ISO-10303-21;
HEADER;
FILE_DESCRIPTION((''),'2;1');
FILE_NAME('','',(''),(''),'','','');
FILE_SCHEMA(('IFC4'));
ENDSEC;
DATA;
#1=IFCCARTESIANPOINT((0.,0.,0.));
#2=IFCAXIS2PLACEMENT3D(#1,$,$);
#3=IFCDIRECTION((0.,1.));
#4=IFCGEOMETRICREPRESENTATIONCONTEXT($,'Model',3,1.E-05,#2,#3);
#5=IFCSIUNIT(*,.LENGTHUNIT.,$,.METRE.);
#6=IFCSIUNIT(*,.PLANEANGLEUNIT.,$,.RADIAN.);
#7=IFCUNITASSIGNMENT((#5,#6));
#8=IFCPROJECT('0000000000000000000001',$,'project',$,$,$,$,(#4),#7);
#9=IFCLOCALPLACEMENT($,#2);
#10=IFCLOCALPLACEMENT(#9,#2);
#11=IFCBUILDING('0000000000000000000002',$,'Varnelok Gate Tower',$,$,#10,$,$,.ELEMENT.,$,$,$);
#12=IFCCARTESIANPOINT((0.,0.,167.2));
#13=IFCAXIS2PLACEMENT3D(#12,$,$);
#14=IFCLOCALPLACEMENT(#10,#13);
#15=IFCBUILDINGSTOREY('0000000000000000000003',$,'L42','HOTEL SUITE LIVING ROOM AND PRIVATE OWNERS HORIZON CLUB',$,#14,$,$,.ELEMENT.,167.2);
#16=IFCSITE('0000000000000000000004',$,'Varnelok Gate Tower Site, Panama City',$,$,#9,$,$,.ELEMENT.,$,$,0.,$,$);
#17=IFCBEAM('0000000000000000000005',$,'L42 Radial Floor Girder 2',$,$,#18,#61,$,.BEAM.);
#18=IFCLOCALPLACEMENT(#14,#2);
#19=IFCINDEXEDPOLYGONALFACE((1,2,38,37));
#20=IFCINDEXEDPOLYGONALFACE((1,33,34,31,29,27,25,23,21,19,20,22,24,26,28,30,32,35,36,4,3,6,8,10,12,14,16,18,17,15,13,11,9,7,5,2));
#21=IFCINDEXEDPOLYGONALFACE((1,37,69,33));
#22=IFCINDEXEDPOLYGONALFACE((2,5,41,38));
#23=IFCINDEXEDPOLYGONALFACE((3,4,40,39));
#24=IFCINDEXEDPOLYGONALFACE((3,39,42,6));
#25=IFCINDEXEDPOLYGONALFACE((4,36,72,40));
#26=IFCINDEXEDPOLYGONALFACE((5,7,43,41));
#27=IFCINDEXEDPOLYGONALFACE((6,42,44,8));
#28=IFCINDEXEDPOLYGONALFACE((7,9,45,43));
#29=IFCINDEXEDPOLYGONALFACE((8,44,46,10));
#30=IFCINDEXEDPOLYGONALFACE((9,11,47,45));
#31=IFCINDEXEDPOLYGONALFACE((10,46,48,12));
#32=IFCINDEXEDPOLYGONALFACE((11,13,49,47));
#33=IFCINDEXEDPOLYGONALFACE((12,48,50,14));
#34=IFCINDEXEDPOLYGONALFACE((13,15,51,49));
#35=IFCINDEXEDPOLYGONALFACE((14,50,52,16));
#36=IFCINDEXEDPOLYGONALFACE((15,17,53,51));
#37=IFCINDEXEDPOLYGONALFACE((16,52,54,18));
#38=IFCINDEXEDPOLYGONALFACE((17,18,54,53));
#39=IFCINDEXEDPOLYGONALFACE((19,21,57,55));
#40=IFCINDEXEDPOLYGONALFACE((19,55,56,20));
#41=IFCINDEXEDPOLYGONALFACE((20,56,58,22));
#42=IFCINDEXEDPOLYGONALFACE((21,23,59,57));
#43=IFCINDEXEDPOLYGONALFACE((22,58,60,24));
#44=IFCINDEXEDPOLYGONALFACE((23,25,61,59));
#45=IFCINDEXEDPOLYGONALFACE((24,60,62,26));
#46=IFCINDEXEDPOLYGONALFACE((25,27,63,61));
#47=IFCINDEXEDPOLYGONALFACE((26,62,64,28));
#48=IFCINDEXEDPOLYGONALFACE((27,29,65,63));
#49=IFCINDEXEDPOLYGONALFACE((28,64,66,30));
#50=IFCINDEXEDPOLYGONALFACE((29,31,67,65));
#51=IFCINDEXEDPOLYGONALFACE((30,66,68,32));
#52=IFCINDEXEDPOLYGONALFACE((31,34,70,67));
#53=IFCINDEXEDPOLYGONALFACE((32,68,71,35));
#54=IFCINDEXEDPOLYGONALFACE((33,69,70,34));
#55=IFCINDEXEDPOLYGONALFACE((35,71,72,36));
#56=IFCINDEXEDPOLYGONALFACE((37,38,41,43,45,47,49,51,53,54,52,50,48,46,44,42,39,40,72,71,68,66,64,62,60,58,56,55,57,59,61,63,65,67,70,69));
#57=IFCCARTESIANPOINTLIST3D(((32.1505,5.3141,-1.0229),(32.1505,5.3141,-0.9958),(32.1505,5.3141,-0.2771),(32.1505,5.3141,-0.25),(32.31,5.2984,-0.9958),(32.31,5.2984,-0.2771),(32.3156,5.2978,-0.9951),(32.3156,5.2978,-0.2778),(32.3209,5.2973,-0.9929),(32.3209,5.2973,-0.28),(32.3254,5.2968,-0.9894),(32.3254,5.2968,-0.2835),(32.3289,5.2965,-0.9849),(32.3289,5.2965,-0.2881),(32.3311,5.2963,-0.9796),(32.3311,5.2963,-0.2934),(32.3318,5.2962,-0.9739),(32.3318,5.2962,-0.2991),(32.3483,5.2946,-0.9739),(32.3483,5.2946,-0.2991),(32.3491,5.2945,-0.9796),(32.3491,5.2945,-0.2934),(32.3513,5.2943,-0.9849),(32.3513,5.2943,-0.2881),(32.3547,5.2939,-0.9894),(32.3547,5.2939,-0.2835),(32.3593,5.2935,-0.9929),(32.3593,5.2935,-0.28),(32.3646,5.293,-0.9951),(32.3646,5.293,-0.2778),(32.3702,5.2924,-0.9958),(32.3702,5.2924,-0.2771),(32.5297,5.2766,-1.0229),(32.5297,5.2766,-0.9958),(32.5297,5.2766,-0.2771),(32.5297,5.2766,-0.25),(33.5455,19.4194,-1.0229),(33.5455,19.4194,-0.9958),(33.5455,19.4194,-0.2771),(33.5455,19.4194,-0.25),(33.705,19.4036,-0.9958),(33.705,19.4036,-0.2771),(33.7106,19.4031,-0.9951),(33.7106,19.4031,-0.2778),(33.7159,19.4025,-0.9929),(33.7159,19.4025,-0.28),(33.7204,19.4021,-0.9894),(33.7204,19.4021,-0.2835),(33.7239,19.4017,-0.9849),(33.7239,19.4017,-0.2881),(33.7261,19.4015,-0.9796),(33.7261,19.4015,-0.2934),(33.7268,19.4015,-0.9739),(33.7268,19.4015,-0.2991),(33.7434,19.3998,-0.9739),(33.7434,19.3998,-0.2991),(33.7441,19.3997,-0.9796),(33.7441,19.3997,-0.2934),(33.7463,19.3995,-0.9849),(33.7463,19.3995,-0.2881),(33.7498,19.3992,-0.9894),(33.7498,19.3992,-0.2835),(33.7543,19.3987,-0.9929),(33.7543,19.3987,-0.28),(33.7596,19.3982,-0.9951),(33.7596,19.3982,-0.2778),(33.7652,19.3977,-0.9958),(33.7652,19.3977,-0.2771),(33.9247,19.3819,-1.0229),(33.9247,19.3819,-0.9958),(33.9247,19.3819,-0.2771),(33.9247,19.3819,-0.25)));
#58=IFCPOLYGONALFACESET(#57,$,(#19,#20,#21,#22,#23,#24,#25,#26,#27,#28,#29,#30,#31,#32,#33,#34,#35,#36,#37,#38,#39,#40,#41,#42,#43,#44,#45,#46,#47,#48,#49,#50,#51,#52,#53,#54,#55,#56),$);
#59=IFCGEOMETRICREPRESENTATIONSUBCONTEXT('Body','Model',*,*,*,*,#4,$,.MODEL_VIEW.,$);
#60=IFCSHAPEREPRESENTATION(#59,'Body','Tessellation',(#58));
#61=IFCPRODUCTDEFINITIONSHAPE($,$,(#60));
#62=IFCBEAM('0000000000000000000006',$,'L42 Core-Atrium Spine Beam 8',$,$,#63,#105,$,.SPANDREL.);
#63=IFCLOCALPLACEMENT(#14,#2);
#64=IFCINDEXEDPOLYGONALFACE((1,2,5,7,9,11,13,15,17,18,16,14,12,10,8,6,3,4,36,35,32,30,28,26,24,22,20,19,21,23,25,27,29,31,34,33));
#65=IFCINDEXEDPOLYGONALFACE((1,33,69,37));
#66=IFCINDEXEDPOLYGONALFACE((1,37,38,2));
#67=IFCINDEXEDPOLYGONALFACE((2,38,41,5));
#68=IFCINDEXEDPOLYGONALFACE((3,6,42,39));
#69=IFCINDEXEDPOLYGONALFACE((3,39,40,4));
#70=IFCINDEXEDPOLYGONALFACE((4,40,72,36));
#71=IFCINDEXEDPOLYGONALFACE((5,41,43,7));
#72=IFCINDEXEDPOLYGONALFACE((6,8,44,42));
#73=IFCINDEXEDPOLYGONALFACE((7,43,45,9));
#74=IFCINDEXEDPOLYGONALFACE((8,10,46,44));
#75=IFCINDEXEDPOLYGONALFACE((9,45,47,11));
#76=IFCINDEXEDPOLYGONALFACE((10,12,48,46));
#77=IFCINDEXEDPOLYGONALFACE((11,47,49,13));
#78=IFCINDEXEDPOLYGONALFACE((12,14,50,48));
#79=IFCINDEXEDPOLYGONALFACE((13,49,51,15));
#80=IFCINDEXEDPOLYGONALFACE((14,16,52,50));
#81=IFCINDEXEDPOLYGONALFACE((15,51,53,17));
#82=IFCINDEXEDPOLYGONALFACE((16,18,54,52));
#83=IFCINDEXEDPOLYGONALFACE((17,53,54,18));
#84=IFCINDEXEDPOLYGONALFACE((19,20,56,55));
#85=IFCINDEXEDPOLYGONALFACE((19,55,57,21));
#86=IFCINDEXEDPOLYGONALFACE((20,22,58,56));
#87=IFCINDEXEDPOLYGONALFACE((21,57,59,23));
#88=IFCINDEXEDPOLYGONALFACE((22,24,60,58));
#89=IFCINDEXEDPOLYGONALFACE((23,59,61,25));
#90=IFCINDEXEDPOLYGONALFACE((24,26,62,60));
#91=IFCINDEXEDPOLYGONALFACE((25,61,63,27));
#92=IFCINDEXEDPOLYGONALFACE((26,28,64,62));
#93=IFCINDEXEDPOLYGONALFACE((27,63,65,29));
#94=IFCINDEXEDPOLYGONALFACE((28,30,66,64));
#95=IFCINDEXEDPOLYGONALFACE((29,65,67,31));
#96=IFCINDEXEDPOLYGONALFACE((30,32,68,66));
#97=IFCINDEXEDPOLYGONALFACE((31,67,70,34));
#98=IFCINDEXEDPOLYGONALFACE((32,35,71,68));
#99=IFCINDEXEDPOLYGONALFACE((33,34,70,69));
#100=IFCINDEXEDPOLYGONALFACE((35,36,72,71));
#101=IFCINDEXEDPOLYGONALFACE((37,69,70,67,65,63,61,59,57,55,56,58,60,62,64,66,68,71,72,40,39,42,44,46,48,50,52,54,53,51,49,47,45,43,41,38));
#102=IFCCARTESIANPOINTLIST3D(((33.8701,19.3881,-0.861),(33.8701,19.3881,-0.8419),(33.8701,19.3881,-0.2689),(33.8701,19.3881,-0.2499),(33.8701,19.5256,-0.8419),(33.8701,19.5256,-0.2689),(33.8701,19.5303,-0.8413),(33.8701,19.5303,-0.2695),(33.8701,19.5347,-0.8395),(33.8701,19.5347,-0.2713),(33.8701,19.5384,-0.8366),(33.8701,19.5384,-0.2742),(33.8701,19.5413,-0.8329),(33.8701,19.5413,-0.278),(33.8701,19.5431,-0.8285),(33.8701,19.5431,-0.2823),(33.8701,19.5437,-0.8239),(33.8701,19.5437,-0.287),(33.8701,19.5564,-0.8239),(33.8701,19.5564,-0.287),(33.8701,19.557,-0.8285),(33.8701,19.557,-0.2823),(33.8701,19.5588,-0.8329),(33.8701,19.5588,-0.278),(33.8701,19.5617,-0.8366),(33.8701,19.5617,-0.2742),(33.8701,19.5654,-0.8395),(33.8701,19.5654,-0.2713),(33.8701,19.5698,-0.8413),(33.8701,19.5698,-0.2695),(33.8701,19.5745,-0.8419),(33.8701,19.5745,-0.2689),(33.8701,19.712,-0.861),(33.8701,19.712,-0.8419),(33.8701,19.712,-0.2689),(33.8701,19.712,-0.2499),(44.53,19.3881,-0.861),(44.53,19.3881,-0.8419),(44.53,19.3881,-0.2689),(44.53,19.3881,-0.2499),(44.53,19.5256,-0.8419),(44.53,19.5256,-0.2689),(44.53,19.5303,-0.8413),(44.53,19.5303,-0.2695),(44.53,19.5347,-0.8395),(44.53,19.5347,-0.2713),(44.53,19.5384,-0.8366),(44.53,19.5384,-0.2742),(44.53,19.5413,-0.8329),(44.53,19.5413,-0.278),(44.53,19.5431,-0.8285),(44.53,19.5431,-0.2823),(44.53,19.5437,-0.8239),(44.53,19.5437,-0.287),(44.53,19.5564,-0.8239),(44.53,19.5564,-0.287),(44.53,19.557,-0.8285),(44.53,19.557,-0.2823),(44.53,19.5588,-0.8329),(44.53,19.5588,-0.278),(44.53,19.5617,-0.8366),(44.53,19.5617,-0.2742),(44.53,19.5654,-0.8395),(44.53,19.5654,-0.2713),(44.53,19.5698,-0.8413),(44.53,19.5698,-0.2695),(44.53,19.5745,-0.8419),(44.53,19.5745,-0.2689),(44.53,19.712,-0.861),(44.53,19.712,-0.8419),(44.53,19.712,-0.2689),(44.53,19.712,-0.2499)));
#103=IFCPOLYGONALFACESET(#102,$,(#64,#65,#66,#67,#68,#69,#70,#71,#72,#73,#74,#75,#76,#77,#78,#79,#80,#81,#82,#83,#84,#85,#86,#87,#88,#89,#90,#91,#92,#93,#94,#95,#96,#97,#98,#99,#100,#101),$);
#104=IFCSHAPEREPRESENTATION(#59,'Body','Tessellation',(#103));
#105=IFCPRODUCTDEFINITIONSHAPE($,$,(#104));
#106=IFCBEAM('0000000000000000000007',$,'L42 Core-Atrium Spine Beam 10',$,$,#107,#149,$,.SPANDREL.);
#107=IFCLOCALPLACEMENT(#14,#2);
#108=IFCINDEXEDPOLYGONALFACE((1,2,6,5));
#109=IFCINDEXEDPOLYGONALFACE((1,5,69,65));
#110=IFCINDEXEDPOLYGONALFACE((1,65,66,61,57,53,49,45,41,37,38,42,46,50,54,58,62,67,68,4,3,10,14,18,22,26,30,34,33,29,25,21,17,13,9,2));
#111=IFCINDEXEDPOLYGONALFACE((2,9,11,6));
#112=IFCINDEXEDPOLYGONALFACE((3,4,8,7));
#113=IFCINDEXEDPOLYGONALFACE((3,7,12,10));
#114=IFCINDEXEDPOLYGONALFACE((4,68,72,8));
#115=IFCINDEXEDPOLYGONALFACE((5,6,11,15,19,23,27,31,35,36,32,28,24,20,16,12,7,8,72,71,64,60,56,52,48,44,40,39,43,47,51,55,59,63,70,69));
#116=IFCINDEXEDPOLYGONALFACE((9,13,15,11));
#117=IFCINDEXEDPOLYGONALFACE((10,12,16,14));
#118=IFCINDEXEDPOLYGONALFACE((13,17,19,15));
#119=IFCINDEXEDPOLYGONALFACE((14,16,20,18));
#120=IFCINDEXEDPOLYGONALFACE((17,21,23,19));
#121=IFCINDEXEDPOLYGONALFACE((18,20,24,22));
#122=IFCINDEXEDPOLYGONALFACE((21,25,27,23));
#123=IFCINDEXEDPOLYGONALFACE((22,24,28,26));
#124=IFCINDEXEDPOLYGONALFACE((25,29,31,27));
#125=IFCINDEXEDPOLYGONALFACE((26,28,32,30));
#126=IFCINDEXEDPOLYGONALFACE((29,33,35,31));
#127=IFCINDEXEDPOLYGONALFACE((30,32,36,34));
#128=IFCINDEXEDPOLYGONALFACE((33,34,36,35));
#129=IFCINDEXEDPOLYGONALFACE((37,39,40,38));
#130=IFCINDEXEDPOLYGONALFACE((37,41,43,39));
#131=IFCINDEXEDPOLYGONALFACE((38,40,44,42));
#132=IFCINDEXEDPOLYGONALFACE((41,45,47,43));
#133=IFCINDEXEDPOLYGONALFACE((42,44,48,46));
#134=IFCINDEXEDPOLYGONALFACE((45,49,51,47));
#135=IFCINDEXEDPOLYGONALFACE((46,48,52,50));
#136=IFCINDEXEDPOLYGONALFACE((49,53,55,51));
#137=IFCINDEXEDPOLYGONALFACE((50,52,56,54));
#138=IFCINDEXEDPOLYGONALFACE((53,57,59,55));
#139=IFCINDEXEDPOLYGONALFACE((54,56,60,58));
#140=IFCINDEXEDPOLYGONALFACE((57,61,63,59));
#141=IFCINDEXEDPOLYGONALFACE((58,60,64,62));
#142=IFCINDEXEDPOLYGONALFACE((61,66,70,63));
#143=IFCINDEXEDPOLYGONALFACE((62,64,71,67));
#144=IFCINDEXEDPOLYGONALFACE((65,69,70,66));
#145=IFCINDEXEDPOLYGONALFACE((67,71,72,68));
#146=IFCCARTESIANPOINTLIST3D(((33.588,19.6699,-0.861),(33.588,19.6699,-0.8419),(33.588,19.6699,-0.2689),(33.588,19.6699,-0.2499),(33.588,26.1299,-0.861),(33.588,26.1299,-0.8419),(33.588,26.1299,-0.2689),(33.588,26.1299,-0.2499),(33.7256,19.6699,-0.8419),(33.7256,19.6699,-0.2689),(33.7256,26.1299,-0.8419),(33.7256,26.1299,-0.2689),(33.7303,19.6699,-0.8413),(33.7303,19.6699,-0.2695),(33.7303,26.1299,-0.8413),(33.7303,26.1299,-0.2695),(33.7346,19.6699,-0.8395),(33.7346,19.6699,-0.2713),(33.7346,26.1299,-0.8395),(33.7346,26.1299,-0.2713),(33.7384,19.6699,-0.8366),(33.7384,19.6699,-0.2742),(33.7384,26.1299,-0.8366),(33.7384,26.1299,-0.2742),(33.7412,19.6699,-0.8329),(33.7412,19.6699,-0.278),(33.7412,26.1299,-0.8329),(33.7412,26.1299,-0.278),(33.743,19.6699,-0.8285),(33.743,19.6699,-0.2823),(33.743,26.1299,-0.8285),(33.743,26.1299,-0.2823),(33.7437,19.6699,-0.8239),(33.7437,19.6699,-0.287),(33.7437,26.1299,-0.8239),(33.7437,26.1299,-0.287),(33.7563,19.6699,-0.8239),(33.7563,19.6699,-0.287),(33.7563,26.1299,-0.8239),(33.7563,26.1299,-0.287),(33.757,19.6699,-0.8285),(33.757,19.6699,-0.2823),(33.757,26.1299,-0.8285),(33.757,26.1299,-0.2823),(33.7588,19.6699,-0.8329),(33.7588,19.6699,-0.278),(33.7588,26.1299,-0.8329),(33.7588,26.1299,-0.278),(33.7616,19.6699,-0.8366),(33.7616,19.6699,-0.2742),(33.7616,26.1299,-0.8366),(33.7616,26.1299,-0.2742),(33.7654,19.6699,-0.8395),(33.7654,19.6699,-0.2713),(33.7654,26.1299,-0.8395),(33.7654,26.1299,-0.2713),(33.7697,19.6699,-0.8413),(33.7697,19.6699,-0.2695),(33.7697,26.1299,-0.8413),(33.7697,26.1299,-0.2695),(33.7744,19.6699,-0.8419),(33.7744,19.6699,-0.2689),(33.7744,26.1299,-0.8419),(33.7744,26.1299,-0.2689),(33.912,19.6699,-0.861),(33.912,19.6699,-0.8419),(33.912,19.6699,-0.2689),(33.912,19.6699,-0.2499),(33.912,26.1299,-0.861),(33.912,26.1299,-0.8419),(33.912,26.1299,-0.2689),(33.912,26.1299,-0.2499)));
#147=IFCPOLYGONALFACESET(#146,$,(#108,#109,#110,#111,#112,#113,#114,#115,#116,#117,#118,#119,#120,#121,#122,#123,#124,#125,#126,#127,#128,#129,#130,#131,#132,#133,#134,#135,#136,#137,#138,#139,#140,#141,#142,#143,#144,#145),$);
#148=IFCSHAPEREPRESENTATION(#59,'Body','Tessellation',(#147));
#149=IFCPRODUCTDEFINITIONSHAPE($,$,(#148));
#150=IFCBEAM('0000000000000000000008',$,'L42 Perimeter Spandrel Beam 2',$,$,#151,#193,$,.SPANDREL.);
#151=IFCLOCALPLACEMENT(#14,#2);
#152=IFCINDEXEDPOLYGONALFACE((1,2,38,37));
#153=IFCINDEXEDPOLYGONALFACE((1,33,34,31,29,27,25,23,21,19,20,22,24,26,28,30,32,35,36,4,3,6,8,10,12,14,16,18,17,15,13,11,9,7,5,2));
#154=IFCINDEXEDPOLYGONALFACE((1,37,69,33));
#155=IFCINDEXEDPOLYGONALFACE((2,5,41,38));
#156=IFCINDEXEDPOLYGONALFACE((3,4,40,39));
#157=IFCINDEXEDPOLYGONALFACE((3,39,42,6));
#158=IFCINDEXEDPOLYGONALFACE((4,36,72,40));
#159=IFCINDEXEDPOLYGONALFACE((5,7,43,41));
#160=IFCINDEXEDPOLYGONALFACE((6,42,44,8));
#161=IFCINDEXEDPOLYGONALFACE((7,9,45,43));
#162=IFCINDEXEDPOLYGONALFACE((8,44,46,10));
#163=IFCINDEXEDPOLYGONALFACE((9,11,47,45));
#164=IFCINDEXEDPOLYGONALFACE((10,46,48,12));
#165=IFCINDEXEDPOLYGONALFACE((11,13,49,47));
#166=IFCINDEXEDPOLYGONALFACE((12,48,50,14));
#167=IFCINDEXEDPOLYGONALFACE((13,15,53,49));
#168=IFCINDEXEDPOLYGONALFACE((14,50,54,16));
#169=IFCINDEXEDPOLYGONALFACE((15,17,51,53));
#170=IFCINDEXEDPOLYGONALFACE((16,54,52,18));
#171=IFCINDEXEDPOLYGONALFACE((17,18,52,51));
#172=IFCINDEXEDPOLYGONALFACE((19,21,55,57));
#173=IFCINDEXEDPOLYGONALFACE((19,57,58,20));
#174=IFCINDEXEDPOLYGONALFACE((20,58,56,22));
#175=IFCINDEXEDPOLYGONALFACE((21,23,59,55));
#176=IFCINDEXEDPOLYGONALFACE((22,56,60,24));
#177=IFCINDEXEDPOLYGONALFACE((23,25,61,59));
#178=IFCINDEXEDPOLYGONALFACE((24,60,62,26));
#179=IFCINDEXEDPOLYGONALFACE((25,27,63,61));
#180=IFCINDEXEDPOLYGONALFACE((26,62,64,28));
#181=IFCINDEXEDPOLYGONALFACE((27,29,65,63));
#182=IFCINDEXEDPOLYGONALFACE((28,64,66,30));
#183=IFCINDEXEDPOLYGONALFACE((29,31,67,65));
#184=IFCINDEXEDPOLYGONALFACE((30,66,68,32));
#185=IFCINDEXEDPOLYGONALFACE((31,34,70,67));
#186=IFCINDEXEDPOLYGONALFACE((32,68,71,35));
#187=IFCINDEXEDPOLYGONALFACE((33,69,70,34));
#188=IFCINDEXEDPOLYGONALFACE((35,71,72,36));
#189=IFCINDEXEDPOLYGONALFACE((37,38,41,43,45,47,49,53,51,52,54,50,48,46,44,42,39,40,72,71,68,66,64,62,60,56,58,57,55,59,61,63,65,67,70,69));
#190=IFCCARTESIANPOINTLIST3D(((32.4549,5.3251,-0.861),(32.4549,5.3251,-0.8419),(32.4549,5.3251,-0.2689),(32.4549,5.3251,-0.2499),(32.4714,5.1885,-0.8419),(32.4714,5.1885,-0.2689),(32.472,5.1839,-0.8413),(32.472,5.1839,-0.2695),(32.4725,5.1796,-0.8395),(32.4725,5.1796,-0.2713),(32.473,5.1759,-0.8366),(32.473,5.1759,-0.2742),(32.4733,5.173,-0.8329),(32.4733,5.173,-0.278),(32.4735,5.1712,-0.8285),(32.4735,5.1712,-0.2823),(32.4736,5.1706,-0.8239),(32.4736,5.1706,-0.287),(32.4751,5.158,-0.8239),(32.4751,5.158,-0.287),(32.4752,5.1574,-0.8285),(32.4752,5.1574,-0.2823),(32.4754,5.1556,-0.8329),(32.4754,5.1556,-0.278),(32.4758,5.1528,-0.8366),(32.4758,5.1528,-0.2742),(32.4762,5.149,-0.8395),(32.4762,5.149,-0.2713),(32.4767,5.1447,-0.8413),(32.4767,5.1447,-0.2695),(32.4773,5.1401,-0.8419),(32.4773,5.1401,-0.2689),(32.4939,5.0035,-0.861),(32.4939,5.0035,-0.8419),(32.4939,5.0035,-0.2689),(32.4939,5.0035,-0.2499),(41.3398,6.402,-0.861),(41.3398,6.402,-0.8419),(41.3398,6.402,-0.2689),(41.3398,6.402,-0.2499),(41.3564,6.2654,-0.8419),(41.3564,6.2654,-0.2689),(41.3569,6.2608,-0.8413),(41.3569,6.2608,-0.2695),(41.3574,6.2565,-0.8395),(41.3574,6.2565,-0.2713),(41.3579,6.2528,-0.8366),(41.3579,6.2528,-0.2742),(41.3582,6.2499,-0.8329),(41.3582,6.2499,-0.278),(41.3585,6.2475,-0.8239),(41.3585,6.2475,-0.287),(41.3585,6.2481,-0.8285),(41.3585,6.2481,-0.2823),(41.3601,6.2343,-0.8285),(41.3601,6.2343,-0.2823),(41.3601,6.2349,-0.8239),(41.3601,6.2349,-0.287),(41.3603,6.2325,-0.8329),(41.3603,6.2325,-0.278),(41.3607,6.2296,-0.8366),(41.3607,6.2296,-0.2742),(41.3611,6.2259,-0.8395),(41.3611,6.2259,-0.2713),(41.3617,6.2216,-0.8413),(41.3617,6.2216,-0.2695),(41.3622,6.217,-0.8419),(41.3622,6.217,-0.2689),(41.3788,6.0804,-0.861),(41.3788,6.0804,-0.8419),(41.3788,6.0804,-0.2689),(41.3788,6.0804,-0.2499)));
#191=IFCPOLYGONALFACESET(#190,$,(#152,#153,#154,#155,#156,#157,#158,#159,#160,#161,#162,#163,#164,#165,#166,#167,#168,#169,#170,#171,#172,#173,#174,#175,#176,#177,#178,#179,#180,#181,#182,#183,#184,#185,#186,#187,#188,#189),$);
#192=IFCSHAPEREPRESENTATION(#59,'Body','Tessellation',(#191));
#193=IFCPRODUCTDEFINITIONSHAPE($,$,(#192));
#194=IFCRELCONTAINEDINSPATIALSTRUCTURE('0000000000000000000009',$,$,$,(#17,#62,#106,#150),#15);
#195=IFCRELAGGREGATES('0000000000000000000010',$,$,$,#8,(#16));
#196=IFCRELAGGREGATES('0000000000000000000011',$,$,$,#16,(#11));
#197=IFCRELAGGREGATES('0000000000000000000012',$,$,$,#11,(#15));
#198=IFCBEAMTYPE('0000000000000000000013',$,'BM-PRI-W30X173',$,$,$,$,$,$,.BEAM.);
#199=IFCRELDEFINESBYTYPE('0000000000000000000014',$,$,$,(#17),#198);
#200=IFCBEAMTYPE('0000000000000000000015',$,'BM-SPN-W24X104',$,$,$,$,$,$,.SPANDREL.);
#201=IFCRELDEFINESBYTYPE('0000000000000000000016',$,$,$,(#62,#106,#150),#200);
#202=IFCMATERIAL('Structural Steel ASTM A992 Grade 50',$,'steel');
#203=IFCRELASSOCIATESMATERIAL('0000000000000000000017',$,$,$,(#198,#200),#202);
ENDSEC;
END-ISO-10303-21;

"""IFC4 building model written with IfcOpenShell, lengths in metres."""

from ifc_helpers import new_model, si_unit, direction, frame, origin, origin_2d, place, context, subcontext, project, spatial, i_section, extrude, material, material_profile, profile_set, type_object, element, save


model = new_model("IFC4")

# Units and contexts
model_context = context("Model", 3, precision=1e-05, world=origin(), true_north=direction((0.0, 1.0)))
body_context = subcontext(model_context, "Body", "Model", "MODEL_VIEW")
ifc_project = project(units=[si_unit("LENGTHUNIT", "METRE"), si_unit("PLANEANGLEUNIT", "RADIAN")], contexts=[model_context])

# Site, building, storey
site_placement = place(None, origin())
site = spatial("IfcSite", under=ifc_project, at=site_placement, Name="Varnelok Gate Tower Site, Panama City", CompositionType="ELEMENT", RefElevation=0.0)
building_placement = place(site_placement, origin())
building = spatial("IfcBuilding", under=site, at=building_placement, Name="Varnelok Gate Tower", CompositionType="ELEMENT")
storey_placement = place(building_placement, frame((0.0, 0.0, 167.2)))
storey = spatial("IfcBuildingStorey", under=building, at=storey_placement, Name="L42", Description="HOTEL SUITE LIVING ROOM AND PRIVATE OWNERS HORIZON CLUB", CompositionType="ELEMENT", Elevation=167.2)

# Shared definitions
ifc_material_1 = material(Name="Structural Steel ASTM A992 Grade 50", Category="steel")

# Beams
ifc_material_profile_1 = material_profile(ifc_material_1, i_section(OverallWidth=0.3811, OverallDepth=0.7729, WebThickness=0.0166, FlangeThickness=0.0271, FilletRadius=0.022, at=origin_2d()), Name="W30X173")
ifc_profile_set_1 = profile_set([ifc_material_profile_1], Name="Structural Steel ASTM A992 Grade 50")
beam_type_1 = type_object("IfcBeamType", Name="BM-PRI-W30X173", PredefinedType="BEAM", material=ifc_profile_set_1)
beam_1_placement = place(storey_placement, frame((33.7351, 19.4006, -0.6365), z_axis=(-0.098421, -0.995145, 0.0), x_axis=(0.995145, -0.098421, 0.0)))
element("IfcBeam", 1, at=beam_1_placement, inside=storey, type_object=beam_type_1, Name="L42 Radial Floor Girder 2", PredefinedType="BEAM", context=body_context, shape_type="SweptSolid", body=[
    extrude(i_section(OverallWidth=0.3811, OverallDepth=0.7729, WebThickness=0.0166, FlangeThickness=0.0271, FilletRadius=0.022, at=origin_2d()), origin(), (0.0, 0.0, 1.0), 14.1741),
])
ifc_material_profile_2 = material_profile(ifc_material_1, i_section(OverallWidth=0.324, OverallDepth=0.6111, WebThickness=0.0127, FlangeThickness=0.019, FilletRadius=0.0181, at=origin_2d()), Name="W24X104")
ifc_profile_set_2 = profile_set([ifc_material_profile_2], Name="Structural Steel ASTM A992 Grade 50")
beam_type_2 = type_object("IfcBeamType", Name="BM-SPN-W24X104", PredefinedType="SPANDREL", material=ifc_profile_set_2)
beam_2_placement = place(storey_placement, frame((33.8701, 19.55, -0.5554), z_axis=(1.0, 0.0, 0.0), x_axis=(0.0, 1.0, 0.0)))
element("IfcBeam", 2, at=beam_2_placement, inside=storey, type_object=beam_type_2, Name="L42 Core-Atrium Spine Beam 8", PredefinedType="SPANDREL", context=body_context, shape_type="SweptSolid", body=[
    extrude(i_section(OverallWidth=0.324, OverallDepth=0.6111, WebThickness=0.0127, FlangeThickness=0.019, FilletRadius=0.0181, at=origin_2d()), origin(), (0.0, 0.0, 1.0), 10.6599),
])
beam_3_placement = place(storey_placement, frame((33.75, 19.6699, -0.5554), z_axis=(0.0, 1.0, 0.0), x_axis=(-1.0, 0.0, 0.0)))
element("IfcBeam", 3, at=beam_3_placement, inside=storey, type_object=beam_type_2, Name="L42 Core-Atrium Spine Beam 10", PredefinedType="SPANDREL", context=body_context, shape_type="SweptSolid", body=[
    extrude(i_section(OverallWidth=0.324, OverallDepth=0.6111, WebThickness=0.0127, FlangeThickness=0.019, FilletRadius=0.0181, at=origin_2d()), origin(), (0.0, 0.0, 1.0), 6.46),
])
beam_4_placement = place(storey_placement, frame((32.4744, 5.1643, -0.5554), z_axis=(0.992735, 0.120324, 0.0), x_axis=(-0.120324, 0.992735, 0.0)))
element("IfcBeam", 4, at=beam_4_placement, inside=storey, type_object=beam_type_2, Name="L42 Perimeter Spandrel Beam 2", PredefinedType="SPANDREL", context=body_context, shape_type="SweptSolid", body=[
    extrude(i_section(OverallWidth=0.324, OverallDepth=0.6111, WebThickness=0.0127, FlangeThickness=0.019, FilletRadius=0.0181, at=origin_2d()), origin(), (0.0, 0.0, 1.0), 8.95),
])

save(model, "model.ifc")
